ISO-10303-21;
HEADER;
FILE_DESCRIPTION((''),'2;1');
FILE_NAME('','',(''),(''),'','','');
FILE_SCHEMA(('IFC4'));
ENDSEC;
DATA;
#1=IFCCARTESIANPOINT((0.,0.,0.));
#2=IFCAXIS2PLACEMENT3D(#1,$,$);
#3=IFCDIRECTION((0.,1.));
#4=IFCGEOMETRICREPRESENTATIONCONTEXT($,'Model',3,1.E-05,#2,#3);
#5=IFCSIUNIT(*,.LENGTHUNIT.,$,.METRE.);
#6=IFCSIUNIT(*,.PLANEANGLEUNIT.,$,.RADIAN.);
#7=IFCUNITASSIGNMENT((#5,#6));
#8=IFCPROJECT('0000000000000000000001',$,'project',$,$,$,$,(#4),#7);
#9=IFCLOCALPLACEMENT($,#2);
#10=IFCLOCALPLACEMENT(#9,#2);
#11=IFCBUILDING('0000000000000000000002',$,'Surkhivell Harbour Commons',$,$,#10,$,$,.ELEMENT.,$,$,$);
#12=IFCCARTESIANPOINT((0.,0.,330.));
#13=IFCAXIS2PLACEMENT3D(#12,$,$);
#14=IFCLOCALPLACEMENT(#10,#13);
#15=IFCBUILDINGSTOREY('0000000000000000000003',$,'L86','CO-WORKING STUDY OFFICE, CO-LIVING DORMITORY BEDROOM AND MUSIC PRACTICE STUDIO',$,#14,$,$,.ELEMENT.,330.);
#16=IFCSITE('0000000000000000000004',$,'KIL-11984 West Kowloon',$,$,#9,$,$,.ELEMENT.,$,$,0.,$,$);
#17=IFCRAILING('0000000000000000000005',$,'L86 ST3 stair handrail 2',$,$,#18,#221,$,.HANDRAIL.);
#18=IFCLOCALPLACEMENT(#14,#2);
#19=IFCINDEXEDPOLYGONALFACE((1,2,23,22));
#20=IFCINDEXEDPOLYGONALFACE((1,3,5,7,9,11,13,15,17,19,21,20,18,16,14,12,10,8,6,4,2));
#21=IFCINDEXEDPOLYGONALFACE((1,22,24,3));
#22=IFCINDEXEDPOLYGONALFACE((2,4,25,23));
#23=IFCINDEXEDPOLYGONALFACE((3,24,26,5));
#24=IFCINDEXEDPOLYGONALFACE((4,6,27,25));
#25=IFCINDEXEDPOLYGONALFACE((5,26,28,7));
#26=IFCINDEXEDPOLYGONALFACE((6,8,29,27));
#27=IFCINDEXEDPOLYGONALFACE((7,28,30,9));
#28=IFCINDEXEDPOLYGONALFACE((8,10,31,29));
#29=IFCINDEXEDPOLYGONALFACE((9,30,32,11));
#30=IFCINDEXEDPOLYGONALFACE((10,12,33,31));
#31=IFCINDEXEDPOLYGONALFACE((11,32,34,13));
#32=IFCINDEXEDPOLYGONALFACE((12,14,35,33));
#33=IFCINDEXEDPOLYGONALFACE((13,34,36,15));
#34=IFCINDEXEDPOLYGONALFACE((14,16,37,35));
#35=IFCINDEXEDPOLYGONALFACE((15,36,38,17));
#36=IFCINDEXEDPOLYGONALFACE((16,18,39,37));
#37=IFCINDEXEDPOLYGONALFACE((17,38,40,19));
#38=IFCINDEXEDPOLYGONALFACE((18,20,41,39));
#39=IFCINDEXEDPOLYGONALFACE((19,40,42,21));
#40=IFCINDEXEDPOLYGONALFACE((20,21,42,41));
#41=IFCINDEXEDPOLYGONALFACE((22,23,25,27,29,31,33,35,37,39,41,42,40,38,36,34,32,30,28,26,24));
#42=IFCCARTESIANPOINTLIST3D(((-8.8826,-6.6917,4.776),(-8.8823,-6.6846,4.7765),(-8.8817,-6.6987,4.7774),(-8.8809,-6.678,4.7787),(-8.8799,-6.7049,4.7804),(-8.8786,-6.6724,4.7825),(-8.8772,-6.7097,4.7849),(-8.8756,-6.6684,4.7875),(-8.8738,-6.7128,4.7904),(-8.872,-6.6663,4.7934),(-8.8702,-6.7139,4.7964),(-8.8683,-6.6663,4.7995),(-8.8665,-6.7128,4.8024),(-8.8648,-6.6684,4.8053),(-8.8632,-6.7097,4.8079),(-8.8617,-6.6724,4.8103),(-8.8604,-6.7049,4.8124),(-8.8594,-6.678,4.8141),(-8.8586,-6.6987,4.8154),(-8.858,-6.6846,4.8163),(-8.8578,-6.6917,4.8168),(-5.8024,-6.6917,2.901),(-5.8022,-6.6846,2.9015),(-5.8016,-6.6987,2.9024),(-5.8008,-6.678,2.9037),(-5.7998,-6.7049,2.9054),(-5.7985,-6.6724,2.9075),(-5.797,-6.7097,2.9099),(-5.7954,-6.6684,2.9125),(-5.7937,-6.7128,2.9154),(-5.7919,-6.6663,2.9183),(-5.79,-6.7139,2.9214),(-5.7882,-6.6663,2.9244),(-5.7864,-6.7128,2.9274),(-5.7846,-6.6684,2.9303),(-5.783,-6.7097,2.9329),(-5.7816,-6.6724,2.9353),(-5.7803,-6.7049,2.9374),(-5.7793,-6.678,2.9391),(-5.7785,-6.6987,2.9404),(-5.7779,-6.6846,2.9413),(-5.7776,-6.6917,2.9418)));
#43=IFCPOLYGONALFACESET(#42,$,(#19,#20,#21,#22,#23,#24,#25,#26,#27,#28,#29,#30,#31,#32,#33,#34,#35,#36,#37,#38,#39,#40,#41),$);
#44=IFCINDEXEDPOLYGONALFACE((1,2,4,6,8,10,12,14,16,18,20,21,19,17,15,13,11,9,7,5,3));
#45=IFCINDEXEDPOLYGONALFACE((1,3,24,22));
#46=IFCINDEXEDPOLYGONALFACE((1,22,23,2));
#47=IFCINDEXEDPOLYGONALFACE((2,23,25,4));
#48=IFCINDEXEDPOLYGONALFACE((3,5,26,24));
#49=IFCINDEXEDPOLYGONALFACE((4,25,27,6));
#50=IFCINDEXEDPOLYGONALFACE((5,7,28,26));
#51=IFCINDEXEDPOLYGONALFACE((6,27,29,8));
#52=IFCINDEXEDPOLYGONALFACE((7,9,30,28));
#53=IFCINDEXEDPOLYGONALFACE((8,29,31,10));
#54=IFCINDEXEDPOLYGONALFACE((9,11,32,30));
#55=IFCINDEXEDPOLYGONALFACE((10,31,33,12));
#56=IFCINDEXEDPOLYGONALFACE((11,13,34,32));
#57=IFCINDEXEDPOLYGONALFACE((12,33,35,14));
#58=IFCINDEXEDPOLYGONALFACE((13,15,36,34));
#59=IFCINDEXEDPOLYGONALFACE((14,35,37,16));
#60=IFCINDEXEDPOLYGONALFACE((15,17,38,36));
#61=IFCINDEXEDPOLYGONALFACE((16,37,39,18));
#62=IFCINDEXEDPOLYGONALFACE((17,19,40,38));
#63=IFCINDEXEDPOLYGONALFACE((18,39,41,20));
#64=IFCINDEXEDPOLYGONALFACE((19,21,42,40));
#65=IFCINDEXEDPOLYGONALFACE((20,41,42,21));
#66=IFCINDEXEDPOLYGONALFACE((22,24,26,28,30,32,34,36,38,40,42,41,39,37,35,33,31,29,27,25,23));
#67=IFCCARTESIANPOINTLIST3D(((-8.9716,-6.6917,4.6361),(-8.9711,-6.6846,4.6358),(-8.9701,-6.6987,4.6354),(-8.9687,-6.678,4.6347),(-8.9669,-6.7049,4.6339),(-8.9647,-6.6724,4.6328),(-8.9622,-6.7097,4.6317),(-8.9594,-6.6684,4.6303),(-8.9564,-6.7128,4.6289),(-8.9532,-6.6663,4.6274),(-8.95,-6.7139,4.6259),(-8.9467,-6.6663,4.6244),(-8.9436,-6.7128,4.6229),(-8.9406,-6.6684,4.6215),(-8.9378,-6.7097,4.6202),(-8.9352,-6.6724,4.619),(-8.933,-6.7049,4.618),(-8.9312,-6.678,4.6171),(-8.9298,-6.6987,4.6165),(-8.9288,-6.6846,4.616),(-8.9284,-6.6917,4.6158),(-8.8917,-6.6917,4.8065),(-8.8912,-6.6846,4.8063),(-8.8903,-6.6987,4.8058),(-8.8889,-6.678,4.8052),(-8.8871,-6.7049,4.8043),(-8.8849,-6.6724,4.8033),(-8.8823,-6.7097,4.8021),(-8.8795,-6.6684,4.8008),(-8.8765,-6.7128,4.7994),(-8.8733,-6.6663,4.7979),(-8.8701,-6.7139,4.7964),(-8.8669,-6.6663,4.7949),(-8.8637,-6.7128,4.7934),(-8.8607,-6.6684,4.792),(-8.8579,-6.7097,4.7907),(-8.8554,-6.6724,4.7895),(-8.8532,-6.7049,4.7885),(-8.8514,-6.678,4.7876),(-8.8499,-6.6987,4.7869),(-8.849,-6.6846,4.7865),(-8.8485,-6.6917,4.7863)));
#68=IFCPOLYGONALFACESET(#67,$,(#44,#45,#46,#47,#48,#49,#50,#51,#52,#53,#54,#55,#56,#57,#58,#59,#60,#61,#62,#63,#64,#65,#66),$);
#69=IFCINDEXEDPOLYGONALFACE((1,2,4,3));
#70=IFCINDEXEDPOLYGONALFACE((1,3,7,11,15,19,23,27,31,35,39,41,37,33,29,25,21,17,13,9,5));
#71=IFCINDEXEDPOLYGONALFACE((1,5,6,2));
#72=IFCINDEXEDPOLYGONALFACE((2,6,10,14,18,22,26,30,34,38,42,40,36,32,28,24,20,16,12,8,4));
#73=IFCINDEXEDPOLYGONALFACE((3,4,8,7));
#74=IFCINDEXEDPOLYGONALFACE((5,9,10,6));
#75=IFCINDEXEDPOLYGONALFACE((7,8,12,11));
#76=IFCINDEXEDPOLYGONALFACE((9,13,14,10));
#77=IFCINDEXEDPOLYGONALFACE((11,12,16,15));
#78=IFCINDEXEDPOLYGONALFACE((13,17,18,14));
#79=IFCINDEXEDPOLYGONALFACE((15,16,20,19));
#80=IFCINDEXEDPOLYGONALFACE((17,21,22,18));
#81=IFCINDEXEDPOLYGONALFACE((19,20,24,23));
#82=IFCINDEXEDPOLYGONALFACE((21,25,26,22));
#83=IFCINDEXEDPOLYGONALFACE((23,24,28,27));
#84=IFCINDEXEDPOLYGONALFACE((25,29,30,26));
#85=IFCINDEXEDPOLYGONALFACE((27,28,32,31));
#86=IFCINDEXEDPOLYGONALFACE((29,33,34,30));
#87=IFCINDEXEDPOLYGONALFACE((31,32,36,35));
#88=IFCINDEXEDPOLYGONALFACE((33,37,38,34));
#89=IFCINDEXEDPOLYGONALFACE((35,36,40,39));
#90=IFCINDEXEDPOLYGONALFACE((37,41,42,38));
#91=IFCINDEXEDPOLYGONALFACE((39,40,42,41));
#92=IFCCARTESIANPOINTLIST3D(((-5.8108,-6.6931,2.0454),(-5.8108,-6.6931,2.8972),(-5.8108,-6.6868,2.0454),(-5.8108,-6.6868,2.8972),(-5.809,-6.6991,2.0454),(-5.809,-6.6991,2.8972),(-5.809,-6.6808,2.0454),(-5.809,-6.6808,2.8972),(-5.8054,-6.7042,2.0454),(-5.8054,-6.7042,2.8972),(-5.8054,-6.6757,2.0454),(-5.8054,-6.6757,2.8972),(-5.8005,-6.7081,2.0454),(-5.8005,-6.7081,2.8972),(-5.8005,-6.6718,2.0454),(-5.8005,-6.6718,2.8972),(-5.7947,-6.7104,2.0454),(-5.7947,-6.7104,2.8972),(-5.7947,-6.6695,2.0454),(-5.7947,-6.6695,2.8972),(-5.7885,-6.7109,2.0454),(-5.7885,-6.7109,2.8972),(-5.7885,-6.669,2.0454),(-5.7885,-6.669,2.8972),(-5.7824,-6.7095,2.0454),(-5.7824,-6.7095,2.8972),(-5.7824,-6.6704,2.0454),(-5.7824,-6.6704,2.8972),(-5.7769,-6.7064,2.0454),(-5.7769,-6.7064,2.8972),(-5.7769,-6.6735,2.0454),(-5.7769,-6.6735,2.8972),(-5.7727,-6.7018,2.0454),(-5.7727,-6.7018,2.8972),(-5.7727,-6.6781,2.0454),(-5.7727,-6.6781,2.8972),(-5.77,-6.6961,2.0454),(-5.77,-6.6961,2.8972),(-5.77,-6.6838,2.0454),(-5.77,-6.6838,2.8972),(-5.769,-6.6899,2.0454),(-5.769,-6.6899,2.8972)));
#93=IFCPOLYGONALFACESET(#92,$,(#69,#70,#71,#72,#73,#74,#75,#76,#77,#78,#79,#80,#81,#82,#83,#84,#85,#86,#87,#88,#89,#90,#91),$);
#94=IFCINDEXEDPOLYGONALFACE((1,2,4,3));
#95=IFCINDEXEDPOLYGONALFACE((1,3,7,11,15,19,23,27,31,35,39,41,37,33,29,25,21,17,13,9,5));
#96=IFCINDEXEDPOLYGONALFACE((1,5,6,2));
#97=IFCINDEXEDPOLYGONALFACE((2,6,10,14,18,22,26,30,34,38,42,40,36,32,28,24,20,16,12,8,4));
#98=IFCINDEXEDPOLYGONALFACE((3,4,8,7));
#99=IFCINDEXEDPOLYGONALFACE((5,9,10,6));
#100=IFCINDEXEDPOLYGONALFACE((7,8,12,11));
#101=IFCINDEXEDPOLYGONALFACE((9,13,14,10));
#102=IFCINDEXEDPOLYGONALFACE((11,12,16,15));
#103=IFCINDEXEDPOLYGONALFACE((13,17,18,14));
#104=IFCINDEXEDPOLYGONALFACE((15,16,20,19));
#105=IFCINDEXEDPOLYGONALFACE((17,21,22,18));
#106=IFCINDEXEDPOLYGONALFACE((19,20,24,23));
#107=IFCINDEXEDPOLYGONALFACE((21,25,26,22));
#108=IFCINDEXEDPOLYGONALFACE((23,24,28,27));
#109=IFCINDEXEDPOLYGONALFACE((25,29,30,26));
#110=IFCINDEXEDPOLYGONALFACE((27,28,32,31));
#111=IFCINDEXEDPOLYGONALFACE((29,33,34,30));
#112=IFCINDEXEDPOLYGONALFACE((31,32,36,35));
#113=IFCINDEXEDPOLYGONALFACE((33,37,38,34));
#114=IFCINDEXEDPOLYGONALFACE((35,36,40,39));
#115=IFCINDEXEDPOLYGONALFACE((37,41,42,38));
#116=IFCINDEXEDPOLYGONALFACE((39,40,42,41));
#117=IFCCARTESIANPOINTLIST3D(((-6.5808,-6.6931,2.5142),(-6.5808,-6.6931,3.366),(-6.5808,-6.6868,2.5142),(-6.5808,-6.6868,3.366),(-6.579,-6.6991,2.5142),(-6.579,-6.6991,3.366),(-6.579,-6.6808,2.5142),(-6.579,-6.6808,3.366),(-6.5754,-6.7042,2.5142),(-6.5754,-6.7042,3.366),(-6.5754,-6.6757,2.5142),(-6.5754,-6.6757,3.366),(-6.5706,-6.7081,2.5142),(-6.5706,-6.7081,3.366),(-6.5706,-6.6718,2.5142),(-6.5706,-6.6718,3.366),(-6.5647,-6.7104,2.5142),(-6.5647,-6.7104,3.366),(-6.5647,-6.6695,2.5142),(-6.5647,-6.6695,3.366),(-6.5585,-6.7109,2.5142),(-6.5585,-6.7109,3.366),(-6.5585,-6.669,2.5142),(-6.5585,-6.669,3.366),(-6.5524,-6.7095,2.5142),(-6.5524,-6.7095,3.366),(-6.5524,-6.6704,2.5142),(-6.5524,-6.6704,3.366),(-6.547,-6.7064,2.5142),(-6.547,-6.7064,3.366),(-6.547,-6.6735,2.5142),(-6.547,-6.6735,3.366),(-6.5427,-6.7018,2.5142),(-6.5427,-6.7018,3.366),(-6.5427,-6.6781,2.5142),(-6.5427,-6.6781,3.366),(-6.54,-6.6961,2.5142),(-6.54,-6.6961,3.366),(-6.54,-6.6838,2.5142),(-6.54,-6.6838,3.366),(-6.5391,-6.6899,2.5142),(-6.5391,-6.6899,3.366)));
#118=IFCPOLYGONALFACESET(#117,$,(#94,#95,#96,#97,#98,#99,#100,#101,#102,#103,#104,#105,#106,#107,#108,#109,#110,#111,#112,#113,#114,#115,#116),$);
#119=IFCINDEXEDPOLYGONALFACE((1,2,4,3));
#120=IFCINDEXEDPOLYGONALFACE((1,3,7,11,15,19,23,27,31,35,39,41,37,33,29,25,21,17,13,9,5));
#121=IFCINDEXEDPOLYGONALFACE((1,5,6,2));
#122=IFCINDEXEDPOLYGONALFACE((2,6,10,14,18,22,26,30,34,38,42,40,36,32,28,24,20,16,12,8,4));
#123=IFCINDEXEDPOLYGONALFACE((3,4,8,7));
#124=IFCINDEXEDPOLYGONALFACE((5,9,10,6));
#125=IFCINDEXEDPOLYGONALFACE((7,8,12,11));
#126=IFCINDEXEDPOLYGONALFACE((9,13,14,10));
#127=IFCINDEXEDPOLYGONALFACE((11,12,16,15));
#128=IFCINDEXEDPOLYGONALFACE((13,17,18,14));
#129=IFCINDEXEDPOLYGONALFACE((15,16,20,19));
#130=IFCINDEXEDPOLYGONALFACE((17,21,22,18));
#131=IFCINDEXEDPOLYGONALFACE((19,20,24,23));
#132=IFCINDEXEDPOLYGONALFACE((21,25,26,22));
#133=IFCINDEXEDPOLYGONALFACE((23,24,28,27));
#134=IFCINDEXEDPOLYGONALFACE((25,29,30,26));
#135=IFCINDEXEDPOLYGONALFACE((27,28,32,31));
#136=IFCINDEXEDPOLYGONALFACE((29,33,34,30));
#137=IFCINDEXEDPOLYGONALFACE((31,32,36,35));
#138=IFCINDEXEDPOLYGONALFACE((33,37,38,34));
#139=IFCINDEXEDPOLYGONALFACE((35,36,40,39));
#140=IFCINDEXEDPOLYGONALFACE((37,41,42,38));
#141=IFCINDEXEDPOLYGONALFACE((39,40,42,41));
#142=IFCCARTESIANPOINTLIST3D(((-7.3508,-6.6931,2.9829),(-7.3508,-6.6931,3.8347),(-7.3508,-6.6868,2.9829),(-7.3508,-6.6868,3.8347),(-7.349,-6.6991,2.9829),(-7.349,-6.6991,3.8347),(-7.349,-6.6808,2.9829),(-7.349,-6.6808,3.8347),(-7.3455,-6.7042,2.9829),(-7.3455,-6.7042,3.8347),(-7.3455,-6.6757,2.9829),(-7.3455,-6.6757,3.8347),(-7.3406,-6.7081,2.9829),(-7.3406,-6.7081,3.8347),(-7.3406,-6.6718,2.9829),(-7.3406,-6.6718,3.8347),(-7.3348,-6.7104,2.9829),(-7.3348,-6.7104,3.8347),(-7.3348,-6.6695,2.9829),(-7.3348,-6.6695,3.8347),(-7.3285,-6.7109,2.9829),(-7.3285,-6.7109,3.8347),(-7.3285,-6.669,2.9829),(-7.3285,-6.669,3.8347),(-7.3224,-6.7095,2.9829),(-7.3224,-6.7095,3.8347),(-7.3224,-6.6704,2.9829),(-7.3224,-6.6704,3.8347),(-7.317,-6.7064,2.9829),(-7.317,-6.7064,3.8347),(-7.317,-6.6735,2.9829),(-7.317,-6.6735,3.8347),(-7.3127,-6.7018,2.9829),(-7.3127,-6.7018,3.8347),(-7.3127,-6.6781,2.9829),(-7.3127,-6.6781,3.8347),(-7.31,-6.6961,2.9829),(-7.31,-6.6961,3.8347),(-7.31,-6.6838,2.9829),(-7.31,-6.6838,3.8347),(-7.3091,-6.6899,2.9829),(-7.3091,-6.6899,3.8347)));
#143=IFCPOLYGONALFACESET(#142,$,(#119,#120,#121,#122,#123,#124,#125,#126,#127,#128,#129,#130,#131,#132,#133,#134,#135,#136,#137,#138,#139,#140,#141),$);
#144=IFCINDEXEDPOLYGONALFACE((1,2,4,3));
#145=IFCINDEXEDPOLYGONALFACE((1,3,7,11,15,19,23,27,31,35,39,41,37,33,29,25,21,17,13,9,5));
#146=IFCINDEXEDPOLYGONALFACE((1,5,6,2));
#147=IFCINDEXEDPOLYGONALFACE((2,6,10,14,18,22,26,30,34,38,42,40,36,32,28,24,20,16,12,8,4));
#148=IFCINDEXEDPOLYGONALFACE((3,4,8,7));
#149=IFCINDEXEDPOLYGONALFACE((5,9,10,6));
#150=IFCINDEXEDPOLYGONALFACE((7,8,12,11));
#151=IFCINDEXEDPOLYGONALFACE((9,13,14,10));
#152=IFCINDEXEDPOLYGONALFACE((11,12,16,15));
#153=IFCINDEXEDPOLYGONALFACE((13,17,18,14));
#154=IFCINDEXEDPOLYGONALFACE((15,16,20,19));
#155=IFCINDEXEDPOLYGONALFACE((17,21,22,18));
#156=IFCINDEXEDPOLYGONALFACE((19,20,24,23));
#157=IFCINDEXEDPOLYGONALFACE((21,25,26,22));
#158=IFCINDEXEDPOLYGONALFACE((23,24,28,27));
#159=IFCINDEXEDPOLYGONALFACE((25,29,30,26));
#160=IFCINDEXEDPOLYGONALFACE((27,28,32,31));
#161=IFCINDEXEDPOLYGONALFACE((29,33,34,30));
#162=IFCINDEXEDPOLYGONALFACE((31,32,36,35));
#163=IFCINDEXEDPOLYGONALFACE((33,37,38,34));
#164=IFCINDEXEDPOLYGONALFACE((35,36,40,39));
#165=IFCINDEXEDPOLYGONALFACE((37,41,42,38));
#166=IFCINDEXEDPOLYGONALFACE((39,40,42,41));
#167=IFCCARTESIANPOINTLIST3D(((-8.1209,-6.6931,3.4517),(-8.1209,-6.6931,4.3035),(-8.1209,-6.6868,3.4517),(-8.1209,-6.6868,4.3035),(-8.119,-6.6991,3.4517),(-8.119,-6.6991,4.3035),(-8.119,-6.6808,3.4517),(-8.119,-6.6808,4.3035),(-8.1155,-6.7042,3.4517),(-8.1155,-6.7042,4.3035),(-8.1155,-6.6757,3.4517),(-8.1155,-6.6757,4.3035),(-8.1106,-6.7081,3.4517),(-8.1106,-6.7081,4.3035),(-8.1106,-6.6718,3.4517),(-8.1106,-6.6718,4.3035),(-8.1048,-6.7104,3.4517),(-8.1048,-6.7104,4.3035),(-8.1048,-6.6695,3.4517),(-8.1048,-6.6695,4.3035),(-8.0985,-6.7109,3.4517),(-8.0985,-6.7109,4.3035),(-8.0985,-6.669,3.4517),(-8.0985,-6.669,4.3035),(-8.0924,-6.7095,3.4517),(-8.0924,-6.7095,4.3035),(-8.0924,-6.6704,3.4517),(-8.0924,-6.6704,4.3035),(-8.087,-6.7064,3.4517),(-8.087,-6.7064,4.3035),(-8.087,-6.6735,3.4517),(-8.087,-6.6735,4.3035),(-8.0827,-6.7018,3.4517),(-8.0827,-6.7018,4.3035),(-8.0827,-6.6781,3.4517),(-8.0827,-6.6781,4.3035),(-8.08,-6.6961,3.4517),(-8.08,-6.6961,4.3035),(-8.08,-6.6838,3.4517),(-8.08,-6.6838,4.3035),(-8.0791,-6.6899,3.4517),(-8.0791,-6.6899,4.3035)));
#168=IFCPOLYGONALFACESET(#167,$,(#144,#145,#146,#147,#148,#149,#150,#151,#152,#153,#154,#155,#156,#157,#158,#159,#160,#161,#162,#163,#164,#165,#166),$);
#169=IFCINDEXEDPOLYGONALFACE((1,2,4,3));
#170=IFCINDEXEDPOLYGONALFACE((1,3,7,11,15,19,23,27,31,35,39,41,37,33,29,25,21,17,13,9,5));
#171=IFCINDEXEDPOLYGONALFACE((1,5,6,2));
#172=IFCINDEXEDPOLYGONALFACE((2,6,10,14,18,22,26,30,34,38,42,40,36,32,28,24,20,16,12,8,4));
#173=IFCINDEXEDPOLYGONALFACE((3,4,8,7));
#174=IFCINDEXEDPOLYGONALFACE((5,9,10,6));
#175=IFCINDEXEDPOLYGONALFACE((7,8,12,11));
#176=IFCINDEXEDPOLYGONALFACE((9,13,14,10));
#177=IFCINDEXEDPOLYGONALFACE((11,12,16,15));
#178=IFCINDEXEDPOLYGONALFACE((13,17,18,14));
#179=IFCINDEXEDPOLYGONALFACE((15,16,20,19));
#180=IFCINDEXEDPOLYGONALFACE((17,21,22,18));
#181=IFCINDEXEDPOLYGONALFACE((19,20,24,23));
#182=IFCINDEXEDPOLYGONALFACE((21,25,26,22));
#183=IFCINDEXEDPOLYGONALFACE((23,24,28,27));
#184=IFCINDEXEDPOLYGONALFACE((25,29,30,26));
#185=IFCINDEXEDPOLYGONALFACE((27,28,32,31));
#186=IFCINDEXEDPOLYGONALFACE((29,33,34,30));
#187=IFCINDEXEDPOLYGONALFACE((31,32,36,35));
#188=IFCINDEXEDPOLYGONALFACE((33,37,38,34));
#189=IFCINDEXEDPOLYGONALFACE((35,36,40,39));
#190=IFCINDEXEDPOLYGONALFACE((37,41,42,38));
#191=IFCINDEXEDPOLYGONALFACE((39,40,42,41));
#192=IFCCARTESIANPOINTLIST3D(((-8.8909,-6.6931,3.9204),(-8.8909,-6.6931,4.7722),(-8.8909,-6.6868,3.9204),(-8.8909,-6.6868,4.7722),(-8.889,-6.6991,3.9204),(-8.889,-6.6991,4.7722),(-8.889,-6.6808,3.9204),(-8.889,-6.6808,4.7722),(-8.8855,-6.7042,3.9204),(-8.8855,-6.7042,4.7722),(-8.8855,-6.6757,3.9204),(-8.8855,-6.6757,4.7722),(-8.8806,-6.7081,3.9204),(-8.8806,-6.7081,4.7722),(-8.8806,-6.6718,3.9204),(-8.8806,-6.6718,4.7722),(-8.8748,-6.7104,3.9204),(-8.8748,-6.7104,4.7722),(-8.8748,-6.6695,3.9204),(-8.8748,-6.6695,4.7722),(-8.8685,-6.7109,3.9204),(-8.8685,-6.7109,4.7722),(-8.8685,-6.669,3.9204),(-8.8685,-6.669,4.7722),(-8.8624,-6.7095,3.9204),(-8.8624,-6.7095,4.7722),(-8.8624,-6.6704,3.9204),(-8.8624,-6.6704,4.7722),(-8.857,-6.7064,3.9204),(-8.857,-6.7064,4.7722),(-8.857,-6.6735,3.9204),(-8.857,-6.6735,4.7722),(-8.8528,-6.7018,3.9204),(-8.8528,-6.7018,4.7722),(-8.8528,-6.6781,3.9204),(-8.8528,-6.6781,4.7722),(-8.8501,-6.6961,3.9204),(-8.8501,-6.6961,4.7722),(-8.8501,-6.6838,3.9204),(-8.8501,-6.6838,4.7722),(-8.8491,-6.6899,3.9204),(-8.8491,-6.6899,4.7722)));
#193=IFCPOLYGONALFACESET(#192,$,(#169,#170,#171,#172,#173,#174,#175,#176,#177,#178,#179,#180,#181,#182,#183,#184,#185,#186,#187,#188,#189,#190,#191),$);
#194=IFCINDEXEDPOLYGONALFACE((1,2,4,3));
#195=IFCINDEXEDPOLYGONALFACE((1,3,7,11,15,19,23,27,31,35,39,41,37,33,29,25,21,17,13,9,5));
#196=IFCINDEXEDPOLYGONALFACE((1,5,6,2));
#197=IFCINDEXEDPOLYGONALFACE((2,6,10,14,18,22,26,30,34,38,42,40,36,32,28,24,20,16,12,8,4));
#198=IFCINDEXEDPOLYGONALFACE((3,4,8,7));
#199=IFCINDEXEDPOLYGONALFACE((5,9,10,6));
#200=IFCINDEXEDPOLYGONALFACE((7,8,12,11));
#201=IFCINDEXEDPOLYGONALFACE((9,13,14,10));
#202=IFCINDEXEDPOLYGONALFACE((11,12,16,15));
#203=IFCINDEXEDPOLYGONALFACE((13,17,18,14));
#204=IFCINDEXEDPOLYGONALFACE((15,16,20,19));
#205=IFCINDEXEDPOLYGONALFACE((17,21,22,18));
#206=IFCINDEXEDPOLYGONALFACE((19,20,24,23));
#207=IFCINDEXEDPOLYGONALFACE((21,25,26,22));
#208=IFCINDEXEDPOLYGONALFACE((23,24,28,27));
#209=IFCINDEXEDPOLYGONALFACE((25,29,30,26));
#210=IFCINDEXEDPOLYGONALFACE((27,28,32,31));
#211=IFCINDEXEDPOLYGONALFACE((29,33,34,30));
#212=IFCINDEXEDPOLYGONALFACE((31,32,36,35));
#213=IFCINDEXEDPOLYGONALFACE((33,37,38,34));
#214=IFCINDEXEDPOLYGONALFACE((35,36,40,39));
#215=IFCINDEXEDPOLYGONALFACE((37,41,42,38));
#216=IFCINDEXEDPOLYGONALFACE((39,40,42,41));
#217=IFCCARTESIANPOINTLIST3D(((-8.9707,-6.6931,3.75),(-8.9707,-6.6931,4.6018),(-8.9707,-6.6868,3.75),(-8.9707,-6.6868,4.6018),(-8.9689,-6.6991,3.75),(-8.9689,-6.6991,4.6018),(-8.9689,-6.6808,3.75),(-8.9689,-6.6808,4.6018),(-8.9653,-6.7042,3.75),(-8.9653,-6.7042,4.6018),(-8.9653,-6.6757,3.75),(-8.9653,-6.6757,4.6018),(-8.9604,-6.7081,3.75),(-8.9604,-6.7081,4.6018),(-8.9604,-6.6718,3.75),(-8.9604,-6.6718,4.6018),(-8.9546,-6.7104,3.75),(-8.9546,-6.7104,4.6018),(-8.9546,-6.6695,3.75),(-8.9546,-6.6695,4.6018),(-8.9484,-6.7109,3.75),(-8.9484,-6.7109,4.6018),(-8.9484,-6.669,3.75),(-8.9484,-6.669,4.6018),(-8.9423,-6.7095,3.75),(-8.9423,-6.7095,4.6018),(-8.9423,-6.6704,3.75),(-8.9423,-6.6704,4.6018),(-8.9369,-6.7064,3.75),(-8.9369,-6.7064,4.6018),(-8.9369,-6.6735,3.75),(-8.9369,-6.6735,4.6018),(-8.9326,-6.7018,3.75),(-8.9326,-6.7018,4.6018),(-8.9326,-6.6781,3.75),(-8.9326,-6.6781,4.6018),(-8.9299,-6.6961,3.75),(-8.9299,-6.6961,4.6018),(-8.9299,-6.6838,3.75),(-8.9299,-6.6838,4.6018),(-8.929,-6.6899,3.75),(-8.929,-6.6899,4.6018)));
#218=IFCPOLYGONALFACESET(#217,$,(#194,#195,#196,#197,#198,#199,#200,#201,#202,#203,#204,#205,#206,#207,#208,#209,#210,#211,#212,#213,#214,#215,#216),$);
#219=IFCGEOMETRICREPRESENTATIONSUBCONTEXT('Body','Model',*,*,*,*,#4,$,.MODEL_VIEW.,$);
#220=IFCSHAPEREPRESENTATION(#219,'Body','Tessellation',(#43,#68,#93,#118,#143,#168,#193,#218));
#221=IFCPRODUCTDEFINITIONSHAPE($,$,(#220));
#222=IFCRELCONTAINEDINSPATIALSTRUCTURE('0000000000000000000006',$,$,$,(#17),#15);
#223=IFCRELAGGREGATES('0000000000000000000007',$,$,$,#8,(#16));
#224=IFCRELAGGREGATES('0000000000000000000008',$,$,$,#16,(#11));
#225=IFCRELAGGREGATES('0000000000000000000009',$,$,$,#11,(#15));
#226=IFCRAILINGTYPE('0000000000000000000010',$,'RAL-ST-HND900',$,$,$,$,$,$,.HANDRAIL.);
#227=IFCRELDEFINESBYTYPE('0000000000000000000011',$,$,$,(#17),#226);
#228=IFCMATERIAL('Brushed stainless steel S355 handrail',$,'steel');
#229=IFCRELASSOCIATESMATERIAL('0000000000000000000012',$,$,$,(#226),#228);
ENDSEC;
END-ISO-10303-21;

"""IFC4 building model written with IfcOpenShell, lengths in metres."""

from ifc_helpers import new_model, si_unit, direction, frame, origin, origin_2d, place, context, subcontext, project, spatial, circle, extrude, material, type_object, element, save


model = new_model("IFC4")

# Units and contexts
model_context = context("Model", 3, precision=1e-05, world=origin(), true_north=direction((0.0, 1.0)))
body_context = subcontext(model_context, "Body", "Model", "MODEL_VIEW")
ifc_project = project(units=[si_unit("LENGTHUNIT", "METRE"), si_unit("PLANEANGLEUNIT", "RADIAN")], contexts=[model_context])

# Site, building, storey
site_placement = place(None, origin())
site = spatial("IfcSite", under=ifc_project, at=site_placement, Name="KIL-11984 West Kowloon", CompositionType="ELEMENT", RefElevation=0.0)
building_placement = place(site_placement, origin())
building = spatial("IfcBuilding", under=site, at=building_placement, Name="Surkhivell Harbour Commons", CompositionType="ELEMENT")
storey_placement = place(building_placement, frame((0.0, 0.0, 330.0)))
storey = spatial("IfcBuildingStorey", under=building, at=storey_placement, Name="L86", Description="CO-WORKING STUDY OFFICE, CO-LIVING DORMITORY BEDROOM AND MUSIC PRACTICE STUDIO", CompositionType="ELEMENT", Elevation=330.0)

# Railing
ifc_material_1 = material(Name="Brushed stainless steel S355 handrail", Category="steel")
railing_type = type_object("IfcRailingType", Name="RAL-ST-HND900", PredefinedType="HANDRAIL", material=ifc_material_1)
railing_placement = place(storey_placement, frame((-5.79, -6.6899, 2.0454)))
element("IfcRailing", 1, at=railing_placement, inside=storey, type_object=railing_type, Name="L86 ST3 stair handrail 2", PredefinedType="HANDRAIL", context=body_context, shape_type="SweptSolid", body=[
    extrude(circle(Radius=0.0239, at=origin_2d()), frame((0.0, 0.0, 0.876), z_axis=(-0.854178, 0.0, 0.519981), x_axis=(0.0, -1.0, 0.0)), (0.0, 0.0, 1.0), 3.606),
    extrude(circle(Radius=0.0239, at=origin_2d()), frame((-3.0801, 0.0, 2.751), z_axis=(-0.424234, 0.0, -0.905552), x_axis=(0.0, -1.0, 0.0)), (0.0, 0.0, 1.0), 0.1882),
    extrude(circle(Radius=0.021, at=origin_2d()), origin(), (0.0, 0.0, 1.0), 0.8518),
    extrude(circle(Radius=0.021, at=origin_2d()), frame((-0.77, 0.0, 0.4688)), (0.0, 0.0, 1.0), 0.8518),
    extrude(circle(Radius=0.021, at=origin_2d()), frame((-1.54, 0.0, 0.9375)), (0.0, 0.0, 1.0), 0.8518),
    extrude(circle(Radius=0.021, at=origin_2d()), frame((-2.3101, 0.0, 1.4062)), (0.0, 0.0, 1.0), 0.8518),
    extrude(circle(Radius=0.021, at=origin_2d()), frame((-3.0801, 0.0, 1.875)), (0.0, 0.0, 1.0), 0.8518),
    extrude(circle(Radius=0.021, at=origin_2d()), frame((-3.1599, 0.0, 1.7046)), (0.0, 0.0, 1.0), 0.8518),
])

save(model, "model.ifc")
